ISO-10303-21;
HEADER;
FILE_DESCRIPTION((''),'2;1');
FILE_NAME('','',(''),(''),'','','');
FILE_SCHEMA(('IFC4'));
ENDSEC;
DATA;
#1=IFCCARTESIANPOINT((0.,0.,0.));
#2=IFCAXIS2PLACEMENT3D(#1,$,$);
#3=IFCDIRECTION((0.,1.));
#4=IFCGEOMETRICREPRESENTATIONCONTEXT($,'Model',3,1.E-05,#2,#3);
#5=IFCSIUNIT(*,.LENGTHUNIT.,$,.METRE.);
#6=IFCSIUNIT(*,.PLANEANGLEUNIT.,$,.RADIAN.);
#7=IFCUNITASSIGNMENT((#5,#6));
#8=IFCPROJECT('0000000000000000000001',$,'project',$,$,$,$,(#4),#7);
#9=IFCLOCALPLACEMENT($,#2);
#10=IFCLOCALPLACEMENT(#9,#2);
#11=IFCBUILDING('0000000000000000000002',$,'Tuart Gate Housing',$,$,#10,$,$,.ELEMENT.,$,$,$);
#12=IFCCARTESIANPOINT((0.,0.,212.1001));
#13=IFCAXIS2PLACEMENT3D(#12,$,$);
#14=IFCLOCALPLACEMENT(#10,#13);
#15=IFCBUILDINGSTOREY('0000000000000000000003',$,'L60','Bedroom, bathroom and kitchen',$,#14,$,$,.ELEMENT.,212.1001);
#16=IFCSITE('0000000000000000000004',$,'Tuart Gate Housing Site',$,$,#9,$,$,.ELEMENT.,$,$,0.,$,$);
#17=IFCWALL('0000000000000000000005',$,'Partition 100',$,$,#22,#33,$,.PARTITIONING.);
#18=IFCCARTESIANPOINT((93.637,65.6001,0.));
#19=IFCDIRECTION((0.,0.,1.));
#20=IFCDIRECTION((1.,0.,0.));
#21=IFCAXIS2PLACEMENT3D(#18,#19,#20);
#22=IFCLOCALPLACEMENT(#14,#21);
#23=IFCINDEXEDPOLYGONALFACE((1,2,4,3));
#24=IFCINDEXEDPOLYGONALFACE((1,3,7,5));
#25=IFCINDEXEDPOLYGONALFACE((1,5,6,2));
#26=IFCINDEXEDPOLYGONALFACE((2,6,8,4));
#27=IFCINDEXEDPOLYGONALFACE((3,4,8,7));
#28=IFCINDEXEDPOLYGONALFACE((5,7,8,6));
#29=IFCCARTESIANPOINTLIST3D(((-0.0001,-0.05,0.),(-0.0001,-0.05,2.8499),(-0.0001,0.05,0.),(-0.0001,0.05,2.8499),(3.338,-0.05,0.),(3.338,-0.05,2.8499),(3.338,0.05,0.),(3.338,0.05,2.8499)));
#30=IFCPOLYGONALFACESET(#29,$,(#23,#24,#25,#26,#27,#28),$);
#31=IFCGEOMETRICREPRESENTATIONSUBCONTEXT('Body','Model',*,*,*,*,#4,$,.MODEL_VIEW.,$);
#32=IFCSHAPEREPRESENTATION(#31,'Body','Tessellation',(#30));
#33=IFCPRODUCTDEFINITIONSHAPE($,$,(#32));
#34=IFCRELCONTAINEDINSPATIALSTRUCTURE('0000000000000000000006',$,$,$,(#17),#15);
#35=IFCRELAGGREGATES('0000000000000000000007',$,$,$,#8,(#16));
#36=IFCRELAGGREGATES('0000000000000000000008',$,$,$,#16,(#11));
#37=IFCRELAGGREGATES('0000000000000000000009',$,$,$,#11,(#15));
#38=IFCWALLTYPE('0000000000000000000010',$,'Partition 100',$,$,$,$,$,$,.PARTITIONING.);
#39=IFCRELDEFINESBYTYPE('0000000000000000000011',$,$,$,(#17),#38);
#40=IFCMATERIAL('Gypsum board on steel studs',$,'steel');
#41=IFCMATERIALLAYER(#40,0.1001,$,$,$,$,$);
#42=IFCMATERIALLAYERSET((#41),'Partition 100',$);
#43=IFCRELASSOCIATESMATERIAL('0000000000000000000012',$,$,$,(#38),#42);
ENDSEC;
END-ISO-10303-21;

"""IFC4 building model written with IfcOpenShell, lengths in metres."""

from ifc_helpers import new_model, si_unit, direction, frame, frame_2d, origin, place, context, subcontext, project, spatial, rectangle, extrude, material, layer, layer_set, type_object, element, save


model = new_model("IFC4")

# Units and contexts
model_context = context("Model", 3, precision=1e-05, world=origin(), true_north=direction((0.0, 1.0)))
body_context = subcontext(model_context, "Body", "Model", "MODEL_VIEW")
ifc_project = project(units=[si_unit("LENGTHUNIT", "METRE"), si_unit("PLANEANGLEUNIT", "RADIAN")], contexts=[model_context])

# Site, building, storey
site_placement = place(None, origin())
site = spatial("IfcSite", under=ifc_project, at=site_placement, Name="Tuart Gate Housing Site", CompositionType="ELEMENT", RefElevation=0.0)
building_placement = place(site_placement, origin())
building = spatial("IfcBuilding", under=site, at=building_placement, Name="Tuart Gate Housing", CompositionType="ELEMENT")
storey_placement = place(building_placement, frame((0.0, 0.0, 212.1001)))
storey = spatial("IfcBuildingStorey", under=building, at=storey_placement, Name="L60", Description="Bedroom, bathroom and kitchen", CompositionType="ELEMENT", Elevation=212.1001)

# Wall
ifc_material_1 = material(Name="Gypsum board on steel studs", Category="steel")
ifc_layer_1 = layer(ifc_material_1, 0.1001)
ifc_layer_set_1 = layer_set([ifc_layer_1], Name="Partition 100")
wall_type_1 = type_object("IfcWallType", Name="Partition 100", PredefinedType="PARTITIONING", material=ifc_layer_set_1)
wall_1_placement = place(storey_placement, frame((93.637, 65.6001, 0.0), z_axis=(0.0, 0.0, 1.0), x_axis=(1.0, 0.0, 0.0)))
element("IfcWall", 1, at=wall_1_placement, inside=storey, type_object=wall_type_1, Name="Partition 100", PredefinedType="PARTITIONING", context=body_context, shape_type="SweptSolid", body=[
    extrude(rectangle(XDim=3.3381, YDim=0.1001, at=frame_2d((1.6689, 0.0))), origin(), (0.0, 0.0, 1.0), 2.8499),
])

save(model, "model.ifc")
